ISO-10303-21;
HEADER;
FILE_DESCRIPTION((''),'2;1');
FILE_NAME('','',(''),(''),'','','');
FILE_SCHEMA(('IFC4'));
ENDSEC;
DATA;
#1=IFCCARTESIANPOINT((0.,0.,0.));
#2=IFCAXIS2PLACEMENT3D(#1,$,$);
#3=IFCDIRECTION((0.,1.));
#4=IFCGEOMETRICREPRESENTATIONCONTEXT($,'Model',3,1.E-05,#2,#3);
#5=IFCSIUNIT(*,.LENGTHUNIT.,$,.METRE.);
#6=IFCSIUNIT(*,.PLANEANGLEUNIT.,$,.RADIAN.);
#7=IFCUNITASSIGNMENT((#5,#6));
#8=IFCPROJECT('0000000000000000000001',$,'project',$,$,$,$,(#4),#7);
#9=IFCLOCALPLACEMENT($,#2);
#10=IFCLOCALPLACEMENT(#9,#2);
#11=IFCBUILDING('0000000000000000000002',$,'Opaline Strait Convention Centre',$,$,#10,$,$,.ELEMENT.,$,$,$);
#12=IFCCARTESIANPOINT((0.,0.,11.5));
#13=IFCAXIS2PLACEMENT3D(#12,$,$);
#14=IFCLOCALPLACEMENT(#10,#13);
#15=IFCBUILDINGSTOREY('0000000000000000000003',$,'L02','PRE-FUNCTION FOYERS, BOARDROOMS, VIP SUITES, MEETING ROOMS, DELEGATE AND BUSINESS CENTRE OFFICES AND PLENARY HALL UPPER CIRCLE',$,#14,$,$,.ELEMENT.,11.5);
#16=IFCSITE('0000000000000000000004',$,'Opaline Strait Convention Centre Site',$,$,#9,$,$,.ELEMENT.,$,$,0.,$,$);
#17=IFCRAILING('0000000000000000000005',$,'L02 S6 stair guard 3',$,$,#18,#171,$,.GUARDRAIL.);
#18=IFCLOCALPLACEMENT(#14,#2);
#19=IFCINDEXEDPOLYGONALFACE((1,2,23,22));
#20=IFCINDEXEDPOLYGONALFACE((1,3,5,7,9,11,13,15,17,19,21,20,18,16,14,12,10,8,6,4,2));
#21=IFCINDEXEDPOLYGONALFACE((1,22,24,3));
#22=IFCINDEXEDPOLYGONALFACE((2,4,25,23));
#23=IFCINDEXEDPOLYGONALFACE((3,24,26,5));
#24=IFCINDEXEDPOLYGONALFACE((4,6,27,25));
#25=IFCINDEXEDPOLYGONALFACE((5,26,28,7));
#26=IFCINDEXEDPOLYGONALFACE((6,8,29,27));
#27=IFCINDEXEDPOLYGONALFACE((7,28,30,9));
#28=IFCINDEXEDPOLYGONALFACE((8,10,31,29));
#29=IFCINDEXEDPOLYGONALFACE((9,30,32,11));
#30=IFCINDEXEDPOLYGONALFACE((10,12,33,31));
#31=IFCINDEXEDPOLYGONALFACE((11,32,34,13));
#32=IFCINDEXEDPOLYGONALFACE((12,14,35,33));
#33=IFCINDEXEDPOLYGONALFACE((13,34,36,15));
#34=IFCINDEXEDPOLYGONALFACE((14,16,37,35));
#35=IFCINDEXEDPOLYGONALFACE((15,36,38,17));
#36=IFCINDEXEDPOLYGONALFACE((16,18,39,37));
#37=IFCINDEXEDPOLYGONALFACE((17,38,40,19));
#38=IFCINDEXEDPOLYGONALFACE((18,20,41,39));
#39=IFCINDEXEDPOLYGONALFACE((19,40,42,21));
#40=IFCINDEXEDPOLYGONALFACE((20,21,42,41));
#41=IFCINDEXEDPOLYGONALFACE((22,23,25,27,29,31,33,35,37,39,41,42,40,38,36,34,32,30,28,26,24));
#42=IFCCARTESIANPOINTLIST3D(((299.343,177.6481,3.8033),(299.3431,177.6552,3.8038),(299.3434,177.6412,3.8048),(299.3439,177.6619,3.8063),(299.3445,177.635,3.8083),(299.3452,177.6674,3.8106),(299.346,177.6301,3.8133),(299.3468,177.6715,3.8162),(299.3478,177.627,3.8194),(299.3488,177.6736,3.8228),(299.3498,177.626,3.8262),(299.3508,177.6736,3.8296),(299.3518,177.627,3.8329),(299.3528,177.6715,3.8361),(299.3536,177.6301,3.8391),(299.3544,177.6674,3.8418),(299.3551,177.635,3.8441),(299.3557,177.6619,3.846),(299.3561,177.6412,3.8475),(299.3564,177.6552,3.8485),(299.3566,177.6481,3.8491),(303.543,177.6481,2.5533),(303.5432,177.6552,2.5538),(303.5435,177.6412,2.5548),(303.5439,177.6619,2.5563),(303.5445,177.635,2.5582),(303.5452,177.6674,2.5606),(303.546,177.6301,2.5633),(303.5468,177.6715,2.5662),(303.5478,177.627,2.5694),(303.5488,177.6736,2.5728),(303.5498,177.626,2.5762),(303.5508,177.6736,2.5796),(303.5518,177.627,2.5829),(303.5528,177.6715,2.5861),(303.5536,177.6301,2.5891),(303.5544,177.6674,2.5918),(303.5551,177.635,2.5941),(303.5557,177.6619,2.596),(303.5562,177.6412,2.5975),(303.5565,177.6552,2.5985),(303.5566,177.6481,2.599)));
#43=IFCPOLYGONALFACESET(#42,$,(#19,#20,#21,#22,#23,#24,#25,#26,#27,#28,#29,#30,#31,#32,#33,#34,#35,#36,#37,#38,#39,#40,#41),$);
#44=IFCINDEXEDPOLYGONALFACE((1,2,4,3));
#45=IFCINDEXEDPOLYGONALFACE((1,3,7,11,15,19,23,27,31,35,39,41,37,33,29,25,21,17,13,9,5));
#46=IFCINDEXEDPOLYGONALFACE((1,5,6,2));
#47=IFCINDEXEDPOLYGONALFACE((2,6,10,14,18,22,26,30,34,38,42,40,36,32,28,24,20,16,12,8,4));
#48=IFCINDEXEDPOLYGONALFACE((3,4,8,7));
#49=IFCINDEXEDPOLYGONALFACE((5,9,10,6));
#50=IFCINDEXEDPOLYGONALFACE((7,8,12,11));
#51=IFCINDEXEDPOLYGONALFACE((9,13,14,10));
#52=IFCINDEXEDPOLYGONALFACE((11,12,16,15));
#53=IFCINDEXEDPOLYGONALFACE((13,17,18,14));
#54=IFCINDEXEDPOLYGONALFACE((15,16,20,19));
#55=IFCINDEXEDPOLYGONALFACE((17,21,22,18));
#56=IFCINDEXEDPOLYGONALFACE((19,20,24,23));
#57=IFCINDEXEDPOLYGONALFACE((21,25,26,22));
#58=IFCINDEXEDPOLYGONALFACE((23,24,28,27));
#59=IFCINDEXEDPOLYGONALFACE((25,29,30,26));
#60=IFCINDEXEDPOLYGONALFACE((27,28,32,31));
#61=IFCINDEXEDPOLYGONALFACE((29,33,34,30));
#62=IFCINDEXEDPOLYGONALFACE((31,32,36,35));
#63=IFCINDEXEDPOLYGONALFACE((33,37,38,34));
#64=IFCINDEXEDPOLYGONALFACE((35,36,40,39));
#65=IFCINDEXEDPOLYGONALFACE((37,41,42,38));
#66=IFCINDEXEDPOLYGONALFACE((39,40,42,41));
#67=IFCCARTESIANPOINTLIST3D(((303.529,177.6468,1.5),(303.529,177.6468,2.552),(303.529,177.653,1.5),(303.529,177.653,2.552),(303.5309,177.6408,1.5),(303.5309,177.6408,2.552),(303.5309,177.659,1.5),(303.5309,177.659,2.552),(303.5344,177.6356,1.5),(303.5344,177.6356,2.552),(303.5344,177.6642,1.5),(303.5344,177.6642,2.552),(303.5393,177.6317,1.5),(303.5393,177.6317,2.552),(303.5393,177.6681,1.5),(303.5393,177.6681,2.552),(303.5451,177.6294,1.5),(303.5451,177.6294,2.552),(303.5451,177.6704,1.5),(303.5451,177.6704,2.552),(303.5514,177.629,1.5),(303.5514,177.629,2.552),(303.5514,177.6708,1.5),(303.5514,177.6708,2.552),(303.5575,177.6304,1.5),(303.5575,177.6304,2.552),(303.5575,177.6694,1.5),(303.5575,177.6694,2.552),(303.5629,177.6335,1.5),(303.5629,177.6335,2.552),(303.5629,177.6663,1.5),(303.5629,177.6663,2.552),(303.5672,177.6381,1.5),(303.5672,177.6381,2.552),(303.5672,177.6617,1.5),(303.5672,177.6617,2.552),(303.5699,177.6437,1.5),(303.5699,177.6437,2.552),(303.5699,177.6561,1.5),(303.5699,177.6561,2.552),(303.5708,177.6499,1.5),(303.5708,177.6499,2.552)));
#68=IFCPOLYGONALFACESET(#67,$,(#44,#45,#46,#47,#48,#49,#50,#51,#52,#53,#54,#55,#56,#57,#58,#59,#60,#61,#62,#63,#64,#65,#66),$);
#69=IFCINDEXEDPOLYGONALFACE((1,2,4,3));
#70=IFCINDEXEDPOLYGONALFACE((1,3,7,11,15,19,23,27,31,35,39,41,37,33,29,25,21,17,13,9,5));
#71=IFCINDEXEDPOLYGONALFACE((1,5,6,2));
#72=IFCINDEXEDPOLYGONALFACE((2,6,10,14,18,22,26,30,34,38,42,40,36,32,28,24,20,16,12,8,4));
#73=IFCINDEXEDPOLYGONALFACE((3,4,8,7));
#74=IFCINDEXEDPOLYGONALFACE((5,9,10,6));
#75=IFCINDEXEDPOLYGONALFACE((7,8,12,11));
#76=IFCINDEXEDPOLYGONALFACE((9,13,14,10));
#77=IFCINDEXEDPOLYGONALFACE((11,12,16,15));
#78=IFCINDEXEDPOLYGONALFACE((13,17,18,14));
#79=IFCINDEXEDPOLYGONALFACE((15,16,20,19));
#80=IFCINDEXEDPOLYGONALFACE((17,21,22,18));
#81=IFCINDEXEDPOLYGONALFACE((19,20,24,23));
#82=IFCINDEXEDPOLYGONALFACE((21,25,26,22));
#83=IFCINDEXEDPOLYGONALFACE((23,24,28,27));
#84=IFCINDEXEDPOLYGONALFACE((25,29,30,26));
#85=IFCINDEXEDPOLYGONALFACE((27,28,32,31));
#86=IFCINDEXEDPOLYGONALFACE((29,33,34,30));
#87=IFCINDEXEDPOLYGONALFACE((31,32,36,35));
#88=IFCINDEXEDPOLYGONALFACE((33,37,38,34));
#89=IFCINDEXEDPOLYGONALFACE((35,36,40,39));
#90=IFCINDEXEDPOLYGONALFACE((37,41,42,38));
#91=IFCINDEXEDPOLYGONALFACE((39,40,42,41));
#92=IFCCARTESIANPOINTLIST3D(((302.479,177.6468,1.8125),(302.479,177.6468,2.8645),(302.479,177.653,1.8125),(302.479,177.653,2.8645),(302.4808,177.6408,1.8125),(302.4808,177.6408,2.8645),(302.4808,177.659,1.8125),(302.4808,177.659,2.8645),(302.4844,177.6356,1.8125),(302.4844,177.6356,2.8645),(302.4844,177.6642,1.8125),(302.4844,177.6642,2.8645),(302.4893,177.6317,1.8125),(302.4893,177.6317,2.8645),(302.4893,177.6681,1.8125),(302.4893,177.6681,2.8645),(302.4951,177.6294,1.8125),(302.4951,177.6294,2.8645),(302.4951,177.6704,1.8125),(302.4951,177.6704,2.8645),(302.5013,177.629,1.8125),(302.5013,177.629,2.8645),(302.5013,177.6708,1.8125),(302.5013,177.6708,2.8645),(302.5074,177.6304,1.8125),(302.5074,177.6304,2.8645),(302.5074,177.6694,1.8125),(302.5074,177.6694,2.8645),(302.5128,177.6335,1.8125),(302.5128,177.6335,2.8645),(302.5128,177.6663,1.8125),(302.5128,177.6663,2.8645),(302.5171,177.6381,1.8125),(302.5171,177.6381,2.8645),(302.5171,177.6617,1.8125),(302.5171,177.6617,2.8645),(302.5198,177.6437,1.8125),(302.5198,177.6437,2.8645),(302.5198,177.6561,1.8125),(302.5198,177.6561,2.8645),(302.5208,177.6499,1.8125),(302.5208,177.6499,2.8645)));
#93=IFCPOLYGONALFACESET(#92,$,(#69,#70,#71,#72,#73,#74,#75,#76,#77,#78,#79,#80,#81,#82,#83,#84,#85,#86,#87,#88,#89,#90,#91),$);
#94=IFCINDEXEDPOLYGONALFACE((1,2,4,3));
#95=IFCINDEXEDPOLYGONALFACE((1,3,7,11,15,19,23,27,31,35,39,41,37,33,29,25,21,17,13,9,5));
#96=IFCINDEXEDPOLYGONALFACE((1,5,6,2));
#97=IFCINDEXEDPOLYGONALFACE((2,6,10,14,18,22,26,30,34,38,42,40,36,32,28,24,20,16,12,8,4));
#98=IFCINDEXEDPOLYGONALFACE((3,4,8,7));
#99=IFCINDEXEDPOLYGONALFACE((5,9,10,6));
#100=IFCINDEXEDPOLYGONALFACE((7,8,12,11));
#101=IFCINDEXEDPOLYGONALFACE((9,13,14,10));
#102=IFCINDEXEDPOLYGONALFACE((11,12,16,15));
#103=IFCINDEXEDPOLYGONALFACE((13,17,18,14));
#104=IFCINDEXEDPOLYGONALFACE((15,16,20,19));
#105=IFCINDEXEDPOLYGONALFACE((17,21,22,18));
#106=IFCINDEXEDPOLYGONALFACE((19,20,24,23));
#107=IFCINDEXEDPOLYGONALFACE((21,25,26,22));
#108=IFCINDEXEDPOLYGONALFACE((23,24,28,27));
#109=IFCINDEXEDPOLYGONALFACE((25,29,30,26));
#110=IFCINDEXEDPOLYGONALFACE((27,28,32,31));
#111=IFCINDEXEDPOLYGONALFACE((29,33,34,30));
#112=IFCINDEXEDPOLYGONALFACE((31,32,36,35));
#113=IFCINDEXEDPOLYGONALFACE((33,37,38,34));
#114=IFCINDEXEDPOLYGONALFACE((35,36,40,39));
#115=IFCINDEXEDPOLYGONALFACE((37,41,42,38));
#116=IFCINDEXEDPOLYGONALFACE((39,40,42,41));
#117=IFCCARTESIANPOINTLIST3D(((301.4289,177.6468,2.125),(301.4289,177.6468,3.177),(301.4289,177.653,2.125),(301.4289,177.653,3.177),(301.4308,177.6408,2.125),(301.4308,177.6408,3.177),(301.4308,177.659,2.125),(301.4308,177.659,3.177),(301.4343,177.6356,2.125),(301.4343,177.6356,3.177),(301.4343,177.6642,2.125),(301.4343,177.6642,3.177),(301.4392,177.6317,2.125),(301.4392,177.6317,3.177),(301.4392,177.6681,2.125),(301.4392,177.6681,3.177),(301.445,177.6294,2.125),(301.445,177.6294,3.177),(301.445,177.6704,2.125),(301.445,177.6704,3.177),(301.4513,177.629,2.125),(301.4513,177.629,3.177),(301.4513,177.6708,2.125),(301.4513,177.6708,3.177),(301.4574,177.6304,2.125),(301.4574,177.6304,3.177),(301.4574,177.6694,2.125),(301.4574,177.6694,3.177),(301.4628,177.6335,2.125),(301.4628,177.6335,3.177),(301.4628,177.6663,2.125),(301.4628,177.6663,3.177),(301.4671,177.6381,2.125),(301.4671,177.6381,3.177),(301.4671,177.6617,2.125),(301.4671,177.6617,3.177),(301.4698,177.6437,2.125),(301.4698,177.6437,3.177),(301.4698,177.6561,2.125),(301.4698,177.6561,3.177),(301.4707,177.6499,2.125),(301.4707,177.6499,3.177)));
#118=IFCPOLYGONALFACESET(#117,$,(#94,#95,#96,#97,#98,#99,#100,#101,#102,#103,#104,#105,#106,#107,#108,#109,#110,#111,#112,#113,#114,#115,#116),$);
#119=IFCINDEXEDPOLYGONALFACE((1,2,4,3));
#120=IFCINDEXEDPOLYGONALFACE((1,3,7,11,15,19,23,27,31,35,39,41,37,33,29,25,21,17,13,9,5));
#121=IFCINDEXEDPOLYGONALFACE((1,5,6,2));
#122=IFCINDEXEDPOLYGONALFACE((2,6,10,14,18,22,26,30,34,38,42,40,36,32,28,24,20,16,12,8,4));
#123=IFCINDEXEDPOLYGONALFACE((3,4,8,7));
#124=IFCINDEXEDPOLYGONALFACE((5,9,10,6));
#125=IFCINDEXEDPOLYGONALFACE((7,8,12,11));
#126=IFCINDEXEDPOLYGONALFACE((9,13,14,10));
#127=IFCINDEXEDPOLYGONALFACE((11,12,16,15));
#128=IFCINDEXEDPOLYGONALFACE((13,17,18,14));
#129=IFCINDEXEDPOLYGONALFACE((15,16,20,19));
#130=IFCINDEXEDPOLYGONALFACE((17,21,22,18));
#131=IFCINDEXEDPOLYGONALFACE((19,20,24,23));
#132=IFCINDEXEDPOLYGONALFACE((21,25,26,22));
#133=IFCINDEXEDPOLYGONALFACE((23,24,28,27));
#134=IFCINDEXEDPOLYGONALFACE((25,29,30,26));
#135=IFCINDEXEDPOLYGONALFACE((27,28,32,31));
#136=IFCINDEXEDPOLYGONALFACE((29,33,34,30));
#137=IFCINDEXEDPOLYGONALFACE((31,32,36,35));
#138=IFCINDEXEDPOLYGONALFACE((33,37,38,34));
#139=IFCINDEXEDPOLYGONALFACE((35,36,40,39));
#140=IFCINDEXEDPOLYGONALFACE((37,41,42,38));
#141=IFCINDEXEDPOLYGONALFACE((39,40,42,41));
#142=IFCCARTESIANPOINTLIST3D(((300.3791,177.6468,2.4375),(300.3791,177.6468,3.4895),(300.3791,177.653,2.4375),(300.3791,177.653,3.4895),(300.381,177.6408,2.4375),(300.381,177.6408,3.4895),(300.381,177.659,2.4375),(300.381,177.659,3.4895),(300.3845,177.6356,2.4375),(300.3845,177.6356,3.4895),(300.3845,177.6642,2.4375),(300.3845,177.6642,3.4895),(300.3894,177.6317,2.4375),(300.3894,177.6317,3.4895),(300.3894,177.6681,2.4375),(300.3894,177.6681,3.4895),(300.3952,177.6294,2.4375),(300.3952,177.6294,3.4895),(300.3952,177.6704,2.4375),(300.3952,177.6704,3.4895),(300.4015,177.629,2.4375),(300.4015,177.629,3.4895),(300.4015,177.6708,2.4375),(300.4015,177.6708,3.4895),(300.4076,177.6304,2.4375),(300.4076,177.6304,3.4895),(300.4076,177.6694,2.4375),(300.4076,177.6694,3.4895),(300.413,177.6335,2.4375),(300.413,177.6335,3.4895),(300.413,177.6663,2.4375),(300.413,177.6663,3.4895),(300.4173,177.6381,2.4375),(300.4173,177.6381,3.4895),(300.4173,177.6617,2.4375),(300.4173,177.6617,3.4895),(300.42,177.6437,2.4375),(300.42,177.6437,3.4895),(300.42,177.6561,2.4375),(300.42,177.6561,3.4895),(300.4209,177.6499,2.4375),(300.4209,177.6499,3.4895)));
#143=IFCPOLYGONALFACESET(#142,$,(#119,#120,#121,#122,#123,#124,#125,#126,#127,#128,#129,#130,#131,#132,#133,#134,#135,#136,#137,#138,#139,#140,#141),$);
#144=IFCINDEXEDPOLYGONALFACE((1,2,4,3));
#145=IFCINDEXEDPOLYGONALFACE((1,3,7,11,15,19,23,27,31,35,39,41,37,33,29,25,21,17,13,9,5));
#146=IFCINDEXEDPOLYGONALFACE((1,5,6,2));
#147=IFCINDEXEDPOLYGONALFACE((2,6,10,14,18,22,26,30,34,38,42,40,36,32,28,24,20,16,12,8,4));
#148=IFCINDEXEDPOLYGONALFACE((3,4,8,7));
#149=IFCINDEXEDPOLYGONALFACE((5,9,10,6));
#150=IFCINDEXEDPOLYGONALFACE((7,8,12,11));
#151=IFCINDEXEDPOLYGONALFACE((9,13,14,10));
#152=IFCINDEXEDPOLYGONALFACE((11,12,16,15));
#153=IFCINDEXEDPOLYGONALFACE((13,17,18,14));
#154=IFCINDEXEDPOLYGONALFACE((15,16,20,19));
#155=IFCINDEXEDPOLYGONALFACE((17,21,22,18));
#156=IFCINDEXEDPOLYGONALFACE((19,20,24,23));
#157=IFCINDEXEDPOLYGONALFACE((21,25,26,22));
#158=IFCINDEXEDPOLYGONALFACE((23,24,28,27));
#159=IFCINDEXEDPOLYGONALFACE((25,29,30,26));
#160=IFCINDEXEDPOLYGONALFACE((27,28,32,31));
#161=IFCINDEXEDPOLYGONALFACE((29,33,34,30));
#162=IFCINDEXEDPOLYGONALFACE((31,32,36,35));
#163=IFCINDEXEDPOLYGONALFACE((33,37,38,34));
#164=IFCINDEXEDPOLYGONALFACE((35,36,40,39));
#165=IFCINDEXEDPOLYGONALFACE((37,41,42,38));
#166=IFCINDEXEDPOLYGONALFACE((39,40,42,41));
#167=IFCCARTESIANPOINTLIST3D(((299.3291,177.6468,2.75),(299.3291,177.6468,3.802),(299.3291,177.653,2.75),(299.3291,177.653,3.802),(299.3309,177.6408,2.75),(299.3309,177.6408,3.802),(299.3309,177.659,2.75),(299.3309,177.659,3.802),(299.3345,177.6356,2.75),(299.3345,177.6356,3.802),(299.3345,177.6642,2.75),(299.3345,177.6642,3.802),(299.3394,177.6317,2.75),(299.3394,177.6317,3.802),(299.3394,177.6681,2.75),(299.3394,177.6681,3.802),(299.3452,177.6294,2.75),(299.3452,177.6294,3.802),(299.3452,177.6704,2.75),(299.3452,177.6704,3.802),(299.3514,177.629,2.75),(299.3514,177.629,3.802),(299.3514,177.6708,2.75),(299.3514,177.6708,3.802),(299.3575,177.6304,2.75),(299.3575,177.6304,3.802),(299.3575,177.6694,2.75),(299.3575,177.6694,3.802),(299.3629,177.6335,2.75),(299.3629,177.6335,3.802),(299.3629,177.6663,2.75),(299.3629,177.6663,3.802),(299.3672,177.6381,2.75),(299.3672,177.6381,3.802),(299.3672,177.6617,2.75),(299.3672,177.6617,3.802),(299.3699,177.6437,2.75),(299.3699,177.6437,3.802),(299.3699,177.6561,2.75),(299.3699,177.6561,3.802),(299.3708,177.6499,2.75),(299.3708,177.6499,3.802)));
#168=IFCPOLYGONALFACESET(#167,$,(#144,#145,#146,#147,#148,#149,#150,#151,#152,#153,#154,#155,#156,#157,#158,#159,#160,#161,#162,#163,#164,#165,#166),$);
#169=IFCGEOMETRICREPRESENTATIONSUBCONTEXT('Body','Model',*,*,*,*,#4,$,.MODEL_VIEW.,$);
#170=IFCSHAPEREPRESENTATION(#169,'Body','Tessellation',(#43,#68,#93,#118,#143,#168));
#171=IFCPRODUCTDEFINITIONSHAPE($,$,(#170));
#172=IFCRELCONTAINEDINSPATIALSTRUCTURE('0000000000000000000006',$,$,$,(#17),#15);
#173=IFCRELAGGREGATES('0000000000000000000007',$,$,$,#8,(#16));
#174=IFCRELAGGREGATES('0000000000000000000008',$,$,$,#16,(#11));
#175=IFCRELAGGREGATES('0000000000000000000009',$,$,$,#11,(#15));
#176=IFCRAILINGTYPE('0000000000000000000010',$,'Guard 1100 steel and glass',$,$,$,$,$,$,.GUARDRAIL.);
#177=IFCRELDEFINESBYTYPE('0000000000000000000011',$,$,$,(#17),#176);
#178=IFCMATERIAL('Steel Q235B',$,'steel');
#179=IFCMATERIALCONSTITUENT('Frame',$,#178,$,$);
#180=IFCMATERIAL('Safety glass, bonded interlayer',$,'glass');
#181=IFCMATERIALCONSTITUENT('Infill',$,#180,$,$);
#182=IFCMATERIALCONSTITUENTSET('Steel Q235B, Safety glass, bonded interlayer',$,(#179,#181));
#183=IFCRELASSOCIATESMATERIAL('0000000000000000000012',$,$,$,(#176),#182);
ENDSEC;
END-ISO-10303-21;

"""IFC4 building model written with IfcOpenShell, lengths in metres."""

from ifc_helpers import new_model, si_unit, direction, frame, origin, origin_2d, place, context, subcontext, project, spatial, circle, extrude, material, constituent, constituent_set, type_object, element, save


model = new_model("IFC4")

# Units and contexts
model_context = context("Model", 3, precision=1e-05, world=origin(), true_north=direction((0.0, 1.0)))
body_context = subcontext(model_context, "Body", "Model", "MODEL_VIEW")
ifc_project = project(units=[si_unit("LENGTHUNIT", "METRE"), si_unit("PLANEANGLEUNIT", "RADIAN")], contexts=[model_context])

# Site, building, storey
site_placement = place(None, origin())
site = spatial("IfcSite", under=ifc_project, at=site_placement, Name="Opaline Strait Convention Centre Site", CompositionType="ELEMENT", RefElevation=0.0)
building_placement = place(site_placement, origin())
building = spatial("IfcBuilding", under=site, at=building_placement, Name="Opaline Strait Convention Centre", CompositionType="ELEMENT")
storey_placement = place(building_placement, frame((0.0, 0.0, 11.5)))
storey = spatial("IfcBuildingStorey", under=building, at=storey_placement, Name="L02", Description="PRE-FUNCTION FOYERS, BOARDROOMS, VIP SUITES, MEETING ROOMS, DELEGATE AND BUSINESS CENTRE OFFICES AND PLENARY HALL UPPER CIRCLE", CompositionType="ELEMENT", Elevation=11.5)

# Railing
ifc_material_1 = material(Name="Steel Q235B", Category="steel")
ifc_constituent_1 = constituent(ifc_material_1, Name="Frame")
ifc_material_2 = material(Name="Safety glass, bonded interlayer", Category="glass")
ifc_constituent_2 = constituent(ifc_material_2, Name="Infill")
ifc_constituent_set = constituent_set(constituents=[ifc_constituent_1, ifc_constituent_2], Name="Steel Q235B, Safety glass, bonded interlayer")
railing_type_1 = type_object("IfcRailingType", Name="Guard 1100 steel and glass", PredefinedType="GUARDRAIL", material=ifc_constituent_set)
for number, where, name in (
    (1, (303.5498, 177.6499, 1.5), "L02 S6 stair guard 3"),
):
    element("IfcRailing", number, at=place(storey_placement, frame(where)), inside=storey, type_object=railing_type_1, Name=name, PredefinedType="GUARDRAIL", context=body_context, shape_type="SweptSolid", body=[
        extrude(circle(Radius=0.0239, at=origin_2d()), frame((0.0, 0.0, 1.0762), z_axis=(-0.958451, 0.0, 0.285257), x_axis=(0.0, -1.0, 0.0)), (0.0, 0.0, 1.0), 4.3821),
        extrude(circle(Radius=0.021, at=origin_2d()), origin(), (0.0, 0.0, 1.0), 1.052),
        extrude(circle(Radius=0.021, at=origin_2d()), frame((-1.05, 0.0, 0.3125)), (0.0, 0.0, 1.0), 1.052),
        extrude(circle(Radius=0.021, at=origin_2d()), frame((-2.1001, 0.0, 0.625)), (0.0, 0.0, 1.0), 1.052),
        extrude(circle(Radius=0.021, at=origin_2d()), frame((-3.1499, 0.0, 0.9375)), (0.0, 0.0, 1.0), 1.052),
        extrude(circle(Radius=0.021, at=origin_2d()), frame((-4.2, 0.0, 1.25)), (0.0, 0.0, 1.0), 1.052),
    ])

save(model, "model.ifc")
